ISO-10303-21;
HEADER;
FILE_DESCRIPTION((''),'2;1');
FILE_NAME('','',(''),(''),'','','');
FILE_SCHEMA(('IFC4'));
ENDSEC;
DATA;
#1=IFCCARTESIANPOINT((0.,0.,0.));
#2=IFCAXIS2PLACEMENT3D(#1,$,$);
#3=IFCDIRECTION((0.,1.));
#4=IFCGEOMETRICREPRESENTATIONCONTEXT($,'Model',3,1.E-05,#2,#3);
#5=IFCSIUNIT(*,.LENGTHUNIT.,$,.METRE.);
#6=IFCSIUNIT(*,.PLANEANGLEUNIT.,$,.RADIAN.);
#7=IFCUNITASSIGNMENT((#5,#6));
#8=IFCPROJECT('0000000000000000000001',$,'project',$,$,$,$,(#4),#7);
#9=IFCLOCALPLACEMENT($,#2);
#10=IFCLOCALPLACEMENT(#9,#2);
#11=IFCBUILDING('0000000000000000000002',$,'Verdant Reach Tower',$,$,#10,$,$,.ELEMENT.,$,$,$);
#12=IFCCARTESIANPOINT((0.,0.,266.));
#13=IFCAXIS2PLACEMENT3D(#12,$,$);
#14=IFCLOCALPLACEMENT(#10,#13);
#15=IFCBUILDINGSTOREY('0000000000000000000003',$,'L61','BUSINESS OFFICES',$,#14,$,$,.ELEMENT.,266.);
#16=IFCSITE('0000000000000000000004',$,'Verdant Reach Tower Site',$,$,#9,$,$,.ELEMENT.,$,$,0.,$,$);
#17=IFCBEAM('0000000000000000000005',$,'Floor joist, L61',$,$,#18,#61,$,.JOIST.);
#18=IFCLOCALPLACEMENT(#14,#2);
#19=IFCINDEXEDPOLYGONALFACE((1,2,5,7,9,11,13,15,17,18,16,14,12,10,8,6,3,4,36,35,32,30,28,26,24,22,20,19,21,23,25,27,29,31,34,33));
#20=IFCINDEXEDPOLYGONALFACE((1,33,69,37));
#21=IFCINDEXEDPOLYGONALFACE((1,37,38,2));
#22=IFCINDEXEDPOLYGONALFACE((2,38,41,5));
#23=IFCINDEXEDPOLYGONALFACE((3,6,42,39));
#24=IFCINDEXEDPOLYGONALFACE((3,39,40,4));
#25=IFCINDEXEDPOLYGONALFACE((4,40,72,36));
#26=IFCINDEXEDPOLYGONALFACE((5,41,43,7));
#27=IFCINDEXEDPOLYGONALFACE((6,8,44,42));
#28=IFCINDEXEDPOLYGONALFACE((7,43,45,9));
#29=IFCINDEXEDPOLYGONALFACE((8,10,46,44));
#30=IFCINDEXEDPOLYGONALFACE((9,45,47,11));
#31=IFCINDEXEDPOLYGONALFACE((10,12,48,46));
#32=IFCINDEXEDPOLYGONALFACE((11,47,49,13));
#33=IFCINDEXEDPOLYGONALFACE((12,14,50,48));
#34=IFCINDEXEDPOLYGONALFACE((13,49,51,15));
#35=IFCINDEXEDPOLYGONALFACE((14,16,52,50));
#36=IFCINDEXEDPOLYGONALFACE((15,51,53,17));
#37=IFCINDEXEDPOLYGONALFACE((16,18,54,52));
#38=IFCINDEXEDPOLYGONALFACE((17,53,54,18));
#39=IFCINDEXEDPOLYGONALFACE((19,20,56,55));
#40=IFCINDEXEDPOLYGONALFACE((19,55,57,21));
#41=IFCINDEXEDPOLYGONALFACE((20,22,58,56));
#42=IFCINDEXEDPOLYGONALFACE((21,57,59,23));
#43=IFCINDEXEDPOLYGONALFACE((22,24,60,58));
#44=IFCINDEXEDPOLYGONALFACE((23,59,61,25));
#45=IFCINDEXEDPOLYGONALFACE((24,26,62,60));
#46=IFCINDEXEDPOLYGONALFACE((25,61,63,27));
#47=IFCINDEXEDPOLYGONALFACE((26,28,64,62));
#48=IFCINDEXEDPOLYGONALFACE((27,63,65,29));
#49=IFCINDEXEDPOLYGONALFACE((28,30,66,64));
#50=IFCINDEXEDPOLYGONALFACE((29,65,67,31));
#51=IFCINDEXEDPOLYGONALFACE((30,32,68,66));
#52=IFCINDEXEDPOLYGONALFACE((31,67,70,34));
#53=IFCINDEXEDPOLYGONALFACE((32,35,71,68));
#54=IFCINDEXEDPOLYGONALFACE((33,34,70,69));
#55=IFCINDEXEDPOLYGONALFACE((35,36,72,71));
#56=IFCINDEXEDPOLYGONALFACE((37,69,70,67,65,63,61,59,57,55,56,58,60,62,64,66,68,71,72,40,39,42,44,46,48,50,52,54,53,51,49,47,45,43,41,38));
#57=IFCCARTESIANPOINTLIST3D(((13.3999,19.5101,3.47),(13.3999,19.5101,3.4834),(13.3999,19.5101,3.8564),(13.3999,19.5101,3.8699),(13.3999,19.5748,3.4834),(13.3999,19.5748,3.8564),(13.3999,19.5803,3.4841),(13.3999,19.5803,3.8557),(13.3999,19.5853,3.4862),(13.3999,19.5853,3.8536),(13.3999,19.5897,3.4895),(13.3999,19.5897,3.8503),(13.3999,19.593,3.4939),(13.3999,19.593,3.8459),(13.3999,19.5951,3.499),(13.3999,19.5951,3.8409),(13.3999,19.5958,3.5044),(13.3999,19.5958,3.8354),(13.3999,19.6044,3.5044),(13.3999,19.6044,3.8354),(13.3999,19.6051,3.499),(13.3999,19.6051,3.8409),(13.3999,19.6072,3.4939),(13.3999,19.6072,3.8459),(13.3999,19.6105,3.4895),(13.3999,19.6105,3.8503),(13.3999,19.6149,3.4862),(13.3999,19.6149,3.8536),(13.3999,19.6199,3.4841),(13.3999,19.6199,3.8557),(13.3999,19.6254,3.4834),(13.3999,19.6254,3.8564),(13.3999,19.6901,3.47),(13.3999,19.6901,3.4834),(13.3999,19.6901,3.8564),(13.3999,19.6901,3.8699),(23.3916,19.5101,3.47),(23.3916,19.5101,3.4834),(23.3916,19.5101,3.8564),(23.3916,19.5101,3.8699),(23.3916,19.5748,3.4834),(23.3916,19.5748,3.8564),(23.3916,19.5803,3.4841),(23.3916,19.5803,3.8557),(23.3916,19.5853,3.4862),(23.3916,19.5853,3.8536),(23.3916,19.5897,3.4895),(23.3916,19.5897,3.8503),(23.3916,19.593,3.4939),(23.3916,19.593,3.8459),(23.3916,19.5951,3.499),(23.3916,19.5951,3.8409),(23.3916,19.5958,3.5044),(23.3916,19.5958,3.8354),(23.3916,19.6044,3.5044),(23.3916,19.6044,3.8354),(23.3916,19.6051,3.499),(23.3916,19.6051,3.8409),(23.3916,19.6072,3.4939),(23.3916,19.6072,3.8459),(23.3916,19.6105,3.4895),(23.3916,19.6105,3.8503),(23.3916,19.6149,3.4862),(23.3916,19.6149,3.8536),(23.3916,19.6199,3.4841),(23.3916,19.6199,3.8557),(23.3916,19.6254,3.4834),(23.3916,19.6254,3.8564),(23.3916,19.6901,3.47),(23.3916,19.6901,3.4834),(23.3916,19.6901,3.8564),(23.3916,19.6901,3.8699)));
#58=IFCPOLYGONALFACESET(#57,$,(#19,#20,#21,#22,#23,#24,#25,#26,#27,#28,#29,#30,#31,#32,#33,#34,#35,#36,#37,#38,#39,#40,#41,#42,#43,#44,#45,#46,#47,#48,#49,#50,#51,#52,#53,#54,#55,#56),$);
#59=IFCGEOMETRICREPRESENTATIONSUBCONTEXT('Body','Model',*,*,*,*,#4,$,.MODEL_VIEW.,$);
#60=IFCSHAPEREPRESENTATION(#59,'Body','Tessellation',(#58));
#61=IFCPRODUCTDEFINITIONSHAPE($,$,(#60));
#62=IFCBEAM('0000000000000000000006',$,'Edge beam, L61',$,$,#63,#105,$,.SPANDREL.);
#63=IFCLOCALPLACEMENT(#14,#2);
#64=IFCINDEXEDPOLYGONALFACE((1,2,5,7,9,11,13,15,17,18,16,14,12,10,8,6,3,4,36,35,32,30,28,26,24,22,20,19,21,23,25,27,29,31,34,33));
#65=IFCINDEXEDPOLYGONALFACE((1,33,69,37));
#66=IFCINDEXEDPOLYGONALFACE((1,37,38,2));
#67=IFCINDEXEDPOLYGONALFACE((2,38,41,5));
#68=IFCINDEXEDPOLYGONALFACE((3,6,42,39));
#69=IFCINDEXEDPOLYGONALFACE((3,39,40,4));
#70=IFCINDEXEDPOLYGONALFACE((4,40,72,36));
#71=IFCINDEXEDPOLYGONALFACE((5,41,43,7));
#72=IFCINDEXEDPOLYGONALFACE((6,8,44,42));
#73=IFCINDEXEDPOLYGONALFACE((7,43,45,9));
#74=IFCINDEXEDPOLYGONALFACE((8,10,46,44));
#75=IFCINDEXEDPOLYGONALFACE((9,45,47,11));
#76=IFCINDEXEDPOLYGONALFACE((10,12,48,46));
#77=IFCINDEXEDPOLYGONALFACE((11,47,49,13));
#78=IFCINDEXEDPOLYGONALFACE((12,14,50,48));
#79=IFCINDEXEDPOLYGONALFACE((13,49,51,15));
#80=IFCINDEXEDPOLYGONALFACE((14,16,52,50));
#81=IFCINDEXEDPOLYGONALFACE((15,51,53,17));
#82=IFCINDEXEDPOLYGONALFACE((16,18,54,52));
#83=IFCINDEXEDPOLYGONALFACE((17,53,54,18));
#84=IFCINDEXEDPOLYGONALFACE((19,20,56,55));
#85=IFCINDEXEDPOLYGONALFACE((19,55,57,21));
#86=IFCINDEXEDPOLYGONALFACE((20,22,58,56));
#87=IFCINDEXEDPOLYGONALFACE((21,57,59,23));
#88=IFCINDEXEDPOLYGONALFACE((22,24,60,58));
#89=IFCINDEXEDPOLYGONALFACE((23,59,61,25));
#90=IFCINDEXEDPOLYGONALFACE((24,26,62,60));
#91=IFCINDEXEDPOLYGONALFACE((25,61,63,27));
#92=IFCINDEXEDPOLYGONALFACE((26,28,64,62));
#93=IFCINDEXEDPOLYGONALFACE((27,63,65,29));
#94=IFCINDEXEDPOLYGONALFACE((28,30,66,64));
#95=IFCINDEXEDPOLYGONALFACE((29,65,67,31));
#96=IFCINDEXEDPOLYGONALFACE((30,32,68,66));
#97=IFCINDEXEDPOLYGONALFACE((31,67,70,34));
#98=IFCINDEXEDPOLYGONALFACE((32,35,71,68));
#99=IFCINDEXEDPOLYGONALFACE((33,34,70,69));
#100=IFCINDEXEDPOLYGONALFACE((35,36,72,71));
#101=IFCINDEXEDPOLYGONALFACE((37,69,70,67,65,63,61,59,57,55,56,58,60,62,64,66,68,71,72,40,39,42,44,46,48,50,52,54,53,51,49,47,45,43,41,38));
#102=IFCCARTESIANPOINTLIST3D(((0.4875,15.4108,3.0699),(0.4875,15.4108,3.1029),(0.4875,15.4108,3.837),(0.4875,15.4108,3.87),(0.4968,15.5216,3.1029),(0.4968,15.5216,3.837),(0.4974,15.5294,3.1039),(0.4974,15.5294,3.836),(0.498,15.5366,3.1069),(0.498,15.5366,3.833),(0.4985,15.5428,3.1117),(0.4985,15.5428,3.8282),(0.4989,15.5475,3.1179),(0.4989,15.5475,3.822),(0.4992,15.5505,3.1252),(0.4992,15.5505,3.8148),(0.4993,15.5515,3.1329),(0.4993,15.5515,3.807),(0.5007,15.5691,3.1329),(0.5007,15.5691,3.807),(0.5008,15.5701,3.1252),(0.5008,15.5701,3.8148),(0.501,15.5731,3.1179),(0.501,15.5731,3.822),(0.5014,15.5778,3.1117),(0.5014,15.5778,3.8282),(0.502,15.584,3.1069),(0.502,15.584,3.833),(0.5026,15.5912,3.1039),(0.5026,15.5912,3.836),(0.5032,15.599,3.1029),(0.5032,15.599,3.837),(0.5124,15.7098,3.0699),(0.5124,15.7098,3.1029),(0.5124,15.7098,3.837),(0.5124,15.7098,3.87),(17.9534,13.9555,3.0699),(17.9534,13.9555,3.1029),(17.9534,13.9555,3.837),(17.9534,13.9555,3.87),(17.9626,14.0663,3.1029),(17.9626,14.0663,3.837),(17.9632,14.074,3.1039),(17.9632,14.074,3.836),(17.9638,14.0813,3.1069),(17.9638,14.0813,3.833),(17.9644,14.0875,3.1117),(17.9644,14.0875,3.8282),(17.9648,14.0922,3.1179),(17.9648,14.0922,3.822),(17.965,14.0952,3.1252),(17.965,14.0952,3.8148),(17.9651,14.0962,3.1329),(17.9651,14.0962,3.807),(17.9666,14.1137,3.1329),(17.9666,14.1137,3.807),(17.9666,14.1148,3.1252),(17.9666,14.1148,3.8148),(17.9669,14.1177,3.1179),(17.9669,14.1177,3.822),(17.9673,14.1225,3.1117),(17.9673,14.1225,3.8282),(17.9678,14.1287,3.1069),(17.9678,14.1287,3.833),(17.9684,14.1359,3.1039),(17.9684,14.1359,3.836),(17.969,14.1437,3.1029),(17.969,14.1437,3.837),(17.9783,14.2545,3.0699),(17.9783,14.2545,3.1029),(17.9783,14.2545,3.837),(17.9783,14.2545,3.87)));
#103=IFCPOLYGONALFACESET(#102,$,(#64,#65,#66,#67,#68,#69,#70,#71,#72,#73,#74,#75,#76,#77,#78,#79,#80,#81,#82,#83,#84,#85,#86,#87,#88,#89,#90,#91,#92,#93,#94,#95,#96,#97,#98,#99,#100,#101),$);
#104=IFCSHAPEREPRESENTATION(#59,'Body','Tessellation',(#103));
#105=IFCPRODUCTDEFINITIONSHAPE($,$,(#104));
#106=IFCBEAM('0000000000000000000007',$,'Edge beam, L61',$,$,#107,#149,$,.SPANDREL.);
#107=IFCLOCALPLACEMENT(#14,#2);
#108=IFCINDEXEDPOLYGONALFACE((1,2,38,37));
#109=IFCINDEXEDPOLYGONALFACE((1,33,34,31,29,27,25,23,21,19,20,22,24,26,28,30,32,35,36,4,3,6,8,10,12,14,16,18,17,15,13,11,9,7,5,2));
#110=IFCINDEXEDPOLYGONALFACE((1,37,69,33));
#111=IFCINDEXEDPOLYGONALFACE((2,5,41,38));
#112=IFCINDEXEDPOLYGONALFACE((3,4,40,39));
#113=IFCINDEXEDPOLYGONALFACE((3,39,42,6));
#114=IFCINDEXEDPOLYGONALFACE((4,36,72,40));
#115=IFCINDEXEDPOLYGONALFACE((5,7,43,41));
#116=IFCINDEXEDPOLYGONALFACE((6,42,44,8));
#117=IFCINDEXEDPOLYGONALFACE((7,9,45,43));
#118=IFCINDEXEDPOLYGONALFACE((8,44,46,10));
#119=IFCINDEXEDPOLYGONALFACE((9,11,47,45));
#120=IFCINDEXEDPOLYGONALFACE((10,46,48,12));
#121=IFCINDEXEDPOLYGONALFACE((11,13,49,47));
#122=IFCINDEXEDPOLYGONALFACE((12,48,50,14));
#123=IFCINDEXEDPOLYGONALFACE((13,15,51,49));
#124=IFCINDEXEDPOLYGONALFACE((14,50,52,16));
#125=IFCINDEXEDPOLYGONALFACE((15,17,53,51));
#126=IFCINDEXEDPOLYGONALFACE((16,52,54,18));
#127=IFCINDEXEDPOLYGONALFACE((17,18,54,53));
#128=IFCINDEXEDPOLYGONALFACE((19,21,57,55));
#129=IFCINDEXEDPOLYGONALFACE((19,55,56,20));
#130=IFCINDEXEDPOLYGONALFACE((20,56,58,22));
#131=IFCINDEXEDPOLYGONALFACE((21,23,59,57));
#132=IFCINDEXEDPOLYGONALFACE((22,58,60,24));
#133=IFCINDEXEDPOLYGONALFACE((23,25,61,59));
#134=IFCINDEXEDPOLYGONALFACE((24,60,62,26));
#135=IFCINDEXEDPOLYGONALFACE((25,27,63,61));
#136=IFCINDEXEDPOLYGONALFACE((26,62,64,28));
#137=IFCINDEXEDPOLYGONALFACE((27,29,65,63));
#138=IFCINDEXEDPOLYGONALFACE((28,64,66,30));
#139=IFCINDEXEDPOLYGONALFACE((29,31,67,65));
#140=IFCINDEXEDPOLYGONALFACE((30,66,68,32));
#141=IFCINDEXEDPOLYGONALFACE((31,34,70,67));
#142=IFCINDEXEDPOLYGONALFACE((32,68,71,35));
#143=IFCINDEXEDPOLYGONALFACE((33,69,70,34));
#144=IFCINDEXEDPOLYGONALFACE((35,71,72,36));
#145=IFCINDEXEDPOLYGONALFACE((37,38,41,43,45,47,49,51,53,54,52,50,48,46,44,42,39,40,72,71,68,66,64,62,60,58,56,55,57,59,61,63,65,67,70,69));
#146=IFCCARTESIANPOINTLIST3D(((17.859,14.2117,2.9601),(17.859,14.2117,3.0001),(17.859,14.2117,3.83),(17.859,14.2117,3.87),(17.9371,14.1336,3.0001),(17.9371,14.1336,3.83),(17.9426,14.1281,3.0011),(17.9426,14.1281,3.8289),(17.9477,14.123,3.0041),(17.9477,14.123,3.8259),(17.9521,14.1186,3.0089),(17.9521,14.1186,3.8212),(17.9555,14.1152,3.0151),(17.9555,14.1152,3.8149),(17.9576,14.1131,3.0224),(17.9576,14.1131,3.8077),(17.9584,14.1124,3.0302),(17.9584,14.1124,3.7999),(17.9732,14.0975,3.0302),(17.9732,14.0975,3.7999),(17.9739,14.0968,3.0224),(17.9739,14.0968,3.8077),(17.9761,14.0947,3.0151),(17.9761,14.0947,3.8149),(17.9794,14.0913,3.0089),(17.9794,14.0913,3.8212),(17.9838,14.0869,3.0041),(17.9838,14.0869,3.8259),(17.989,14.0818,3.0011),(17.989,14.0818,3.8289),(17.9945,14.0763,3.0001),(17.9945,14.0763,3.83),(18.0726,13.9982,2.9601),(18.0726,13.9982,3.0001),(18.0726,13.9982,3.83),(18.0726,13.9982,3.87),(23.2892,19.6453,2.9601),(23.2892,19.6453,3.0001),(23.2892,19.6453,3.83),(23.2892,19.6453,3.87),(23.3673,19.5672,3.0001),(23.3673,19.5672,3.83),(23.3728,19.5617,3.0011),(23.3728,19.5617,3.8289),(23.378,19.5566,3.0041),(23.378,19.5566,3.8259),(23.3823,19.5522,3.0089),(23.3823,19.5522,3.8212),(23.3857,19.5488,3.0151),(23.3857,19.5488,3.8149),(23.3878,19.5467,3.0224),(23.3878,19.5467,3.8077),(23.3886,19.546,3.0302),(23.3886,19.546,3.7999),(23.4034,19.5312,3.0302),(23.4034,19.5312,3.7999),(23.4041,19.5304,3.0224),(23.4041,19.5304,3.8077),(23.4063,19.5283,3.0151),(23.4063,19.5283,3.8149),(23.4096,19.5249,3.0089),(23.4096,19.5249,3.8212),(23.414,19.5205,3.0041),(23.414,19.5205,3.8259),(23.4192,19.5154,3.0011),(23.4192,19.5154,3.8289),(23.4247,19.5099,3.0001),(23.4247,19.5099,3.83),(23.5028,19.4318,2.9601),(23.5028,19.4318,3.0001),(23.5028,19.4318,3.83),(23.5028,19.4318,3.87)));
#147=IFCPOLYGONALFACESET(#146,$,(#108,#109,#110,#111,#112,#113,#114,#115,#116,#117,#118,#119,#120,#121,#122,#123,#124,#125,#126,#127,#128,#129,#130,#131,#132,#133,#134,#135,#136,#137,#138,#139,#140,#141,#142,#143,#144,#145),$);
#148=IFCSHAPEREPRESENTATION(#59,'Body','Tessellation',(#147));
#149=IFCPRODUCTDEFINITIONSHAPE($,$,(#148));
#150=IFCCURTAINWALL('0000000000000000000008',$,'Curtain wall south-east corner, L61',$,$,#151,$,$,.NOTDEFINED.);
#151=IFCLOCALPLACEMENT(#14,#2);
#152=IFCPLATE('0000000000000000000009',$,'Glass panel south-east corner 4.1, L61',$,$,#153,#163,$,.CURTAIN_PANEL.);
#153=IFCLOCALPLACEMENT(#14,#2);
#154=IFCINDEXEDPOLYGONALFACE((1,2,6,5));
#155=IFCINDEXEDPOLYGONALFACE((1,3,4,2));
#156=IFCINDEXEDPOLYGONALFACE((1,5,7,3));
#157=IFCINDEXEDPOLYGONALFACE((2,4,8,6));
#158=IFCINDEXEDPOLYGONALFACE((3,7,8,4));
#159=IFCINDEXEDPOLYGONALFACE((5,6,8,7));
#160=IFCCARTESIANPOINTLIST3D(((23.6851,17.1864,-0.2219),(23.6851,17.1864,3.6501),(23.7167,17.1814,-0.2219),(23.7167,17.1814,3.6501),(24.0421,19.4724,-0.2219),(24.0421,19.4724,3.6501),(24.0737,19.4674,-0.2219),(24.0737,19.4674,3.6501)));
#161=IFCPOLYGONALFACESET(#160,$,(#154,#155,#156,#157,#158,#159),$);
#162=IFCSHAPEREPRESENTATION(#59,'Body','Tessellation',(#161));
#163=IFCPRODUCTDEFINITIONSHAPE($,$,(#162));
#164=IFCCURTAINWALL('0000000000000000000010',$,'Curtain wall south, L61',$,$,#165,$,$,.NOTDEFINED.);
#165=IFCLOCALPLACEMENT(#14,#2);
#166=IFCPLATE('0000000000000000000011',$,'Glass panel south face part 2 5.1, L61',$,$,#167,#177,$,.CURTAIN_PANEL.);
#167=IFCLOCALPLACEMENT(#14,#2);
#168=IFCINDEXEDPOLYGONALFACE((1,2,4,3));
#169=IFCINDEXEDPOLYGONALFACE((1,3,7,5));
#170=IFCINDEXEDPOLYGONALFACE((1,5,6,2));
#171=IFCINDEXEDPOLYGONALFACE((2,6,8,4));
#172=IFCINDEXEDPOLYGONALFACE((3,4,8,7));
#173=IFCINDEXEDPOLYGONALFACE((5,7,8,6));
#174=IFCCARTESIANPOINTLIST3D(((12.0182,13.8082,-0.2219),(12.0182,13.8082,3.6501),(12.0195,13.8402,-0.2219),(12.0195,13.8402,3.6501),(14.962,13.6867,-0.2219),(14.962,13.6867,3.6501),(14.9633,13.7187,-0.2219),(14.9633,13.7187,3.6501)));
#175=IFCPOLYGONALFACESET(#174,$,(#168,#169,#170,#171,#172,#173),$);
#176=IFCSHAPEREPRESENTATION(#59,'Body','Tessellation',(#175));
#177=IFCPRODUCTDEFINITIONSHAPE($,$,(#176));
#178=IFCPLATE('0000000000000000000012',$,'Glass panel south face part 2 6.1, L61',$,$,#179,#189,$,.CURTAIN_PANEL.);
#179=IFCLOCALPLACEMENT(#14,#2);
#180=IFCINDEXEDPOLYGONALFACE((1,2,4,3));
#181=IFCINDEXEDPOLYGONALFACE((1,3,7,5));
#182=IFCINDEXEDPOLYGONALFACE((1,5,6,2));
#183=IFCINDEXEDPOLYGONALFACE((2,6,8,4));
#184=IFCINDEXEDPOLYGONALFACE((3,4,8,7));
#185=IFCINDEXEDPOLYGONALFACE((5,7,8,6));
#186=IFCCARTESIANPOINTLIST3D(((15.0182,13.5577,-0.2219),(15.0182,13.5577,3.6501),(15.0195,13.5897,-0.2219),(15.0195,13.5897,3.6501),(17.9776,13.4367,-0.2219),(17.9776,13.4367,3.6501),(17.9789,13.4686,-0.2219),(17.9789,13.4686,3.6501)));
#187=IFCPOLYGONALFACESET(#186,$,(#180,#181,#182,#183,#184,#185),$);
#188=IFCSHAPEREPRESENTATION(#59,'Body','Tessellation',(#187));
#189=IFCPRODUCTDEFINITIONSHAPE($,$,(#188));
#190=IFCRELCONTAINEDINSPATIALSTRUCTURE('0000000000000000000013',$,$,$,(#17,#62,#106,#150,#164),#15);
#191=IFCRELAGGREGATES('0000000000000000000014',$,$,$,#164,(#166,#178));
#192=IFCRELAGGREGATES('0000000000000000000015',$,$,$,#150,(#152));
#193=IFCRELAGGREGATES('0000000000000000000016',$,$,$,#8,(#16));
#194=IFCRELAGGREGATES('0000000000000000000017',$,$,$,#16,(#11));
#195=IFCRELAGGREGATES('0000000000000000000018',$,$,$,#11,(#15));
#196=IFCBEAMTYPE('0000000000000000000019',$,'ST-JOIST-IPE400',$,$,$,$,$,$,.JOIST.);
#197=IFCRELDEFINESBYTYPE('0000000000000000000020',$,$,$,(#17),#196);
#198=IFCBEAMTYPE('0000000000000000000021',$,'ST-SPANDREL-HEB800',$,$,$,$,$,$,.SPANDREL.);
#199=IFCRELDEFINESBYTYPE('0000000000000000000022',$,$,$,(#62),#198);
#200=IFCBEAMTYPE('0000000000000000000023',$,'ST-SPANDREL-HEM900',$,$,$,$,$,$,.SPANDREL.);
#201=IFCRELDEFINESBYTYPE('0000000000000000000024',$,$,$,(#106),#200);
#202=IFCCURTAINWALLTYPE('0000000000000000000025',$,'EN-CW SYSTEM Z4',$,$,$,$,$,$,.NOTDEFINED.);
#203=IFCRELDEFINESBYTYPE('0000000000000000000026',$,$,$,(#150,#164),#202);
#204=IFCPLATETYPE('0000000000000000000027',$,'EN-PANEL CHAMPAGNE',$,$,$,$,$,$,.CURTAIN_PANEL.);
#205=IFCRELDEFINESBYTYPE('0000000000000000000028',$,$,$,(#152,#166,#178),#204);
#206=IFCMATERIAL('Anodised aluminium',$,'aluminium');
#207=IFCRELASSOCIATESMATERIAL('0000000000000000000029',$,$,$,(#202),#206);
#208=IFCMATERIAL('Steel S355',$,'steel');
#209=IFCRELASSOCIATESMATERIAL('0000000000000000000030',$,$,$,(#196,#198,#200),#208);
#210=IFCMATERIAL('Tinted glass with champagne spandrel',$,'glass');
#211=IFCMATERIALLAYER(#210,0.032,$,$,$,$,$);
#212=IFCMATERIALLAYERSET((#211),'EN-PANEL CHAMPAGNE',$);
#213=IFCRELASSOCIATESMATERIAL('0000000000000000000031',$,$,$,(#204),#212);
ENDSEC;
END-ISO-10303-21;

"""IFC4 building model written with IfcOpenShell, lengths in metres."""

from ifc_helpers import new_model, si_unit, direction, frame, origin, origin_2d, place, context, subcontext, project, spatial, rectangle, i_section, extrude, material, layer, layer_set, material_profile, profile_set, type_object, element, aggregate, save


model = new_model("IFC4")

# Units and contexts
model_context = context("Model", 3, precision=1e-05, world=origin(), true_north=direction((0.0, 1.0)))
body_context = subcontext(model_context, "Body", "Model", "MODEL_VIEW")
ifc_project = project(units=[si_unit("LENGTHUNIT", "METRE"), si_unit("PLANEANGLEUNIT", "RADIAN")], contexts=[model_context])

# Site, building, storey
site_placement = place(None, origin())
site = spatial("IfcSite", under=ifc_project, at=site_placement, Name="Verdant Reach Tower Site", CompositionType="ELEMENT", RefElevation=0.0)
building_placement = place(site_placement, origin())
building = spatial("IfcBuilding", under=site, at=building_placement, Name="Verdant Reach Tower", CompositionType="ELEMENT")
storey_placement = place(building_placement, frame((0.0, 0.0, 266.0)))
storey = spatial("IfcBuildingStorey", under=building, at=storey_placement, Name="L61", Description="BUSINESS OFFICES", CompositionType="ELEMENT", Elevation=266.0)

# Shared definitions
ifc_material_1 = material(Name="Anodised aluminium", Category="aluminium")
curtain_wall_type = type_object("IfcCurtainWallType", Name="EN-CW SYSTEM Z4", PredefinedType="NOTDEFINED", material=ifc_material_1)

# Beams
ifc_material_2 = material(Name="Steel S355", Category="steel")
ifc_material_profile_1 = material_profile(ifc_material_2, i_section(OverallWidth=0.1799, OverallDepth=0.3999, WebThickness=0.0085, FlangeThickness=0.0134, FilletRadius=0.021, at=origin_2d()), Name="IPE 400")
ifc_profile_set_1 = profile_set([ifc_material_profile_1], Name="Steel S355")
beam_type_1 = type_object("IfcBeamType", Name="ST-JOIST-IPE400", PredefinedType="JOIST", material=ifc_profile_set_1)
beam_1_placement = place(storey_placement, frame((13.3999, 19.6001, 3.6699), z_axis=(1.0, 0.0, 0.0), x_axis=(0.0, 1.0, 0.0)))
element("IfcBeam", 1, at=beam_1_placement, inside=storey, type_object=beam_type_1, Name="Floor joist, L61", PredefinedType="JOIST", context=body_context, shape_type="SweptSolid", body=[
    extrude(i_section(OverallWidth=0.1799, OverallDepth=0.3999, WebThickness=0.0085, FlangeThickness=0.0134, FilletRadius=0.021, at=origin_2d()), origin(), (0.0, 0.0, 1.0), 9.9917),
])
ifc_material_profile_2 = material_profile(ifc_material_2, i_section(OverallWidth=0.3, OverallDepth=0.8, WebThickness=0.0176, FlangeThickness=0.033, FilletRadius=0.03, at=origin_2d()), Name="HEB 800")
ifc_profile_set_2 = profile_set([ifc_material_profile_2], Name="Steel S355")
beam_type_2 = type_object("IfcBeamType", Name="ST-SPANDREL-HEB800", PredefinedType="SPANDREL", material=ifc_profile_set_2)
beam_2_placement = place(storey_placement, frame((17.9658, 14.105, 3.47), z_axis=(-0.996547, 0.083036, 0.0), x_axis=(-0.083036, -0.996547, 0.0)))
element("IfcBeam", 2, at=beam_2_placement, inside=storey, type_object=beam_type_2, Name="Edge beam, L61", PredefinedType="SPANDREL", context=body_context, shape_type="SweptSolid", body=[
    extrude(i_section(OverallWidth=0.3, OverallDepth=0.8, WebThickness=0.0176, FlangeThickness=0.033, FilletRadius=0.03, at=origin_2d()), origin(), (0.0, 0.0, 1.0), 17.5264),
])
ifc_material_profile_3 = material_profile(ifc_material_2, i_section(OverallWidth=0.302, OverallDepth=0.9099, WebThickness=0.021, FlangeThickness=0.04, FilletRadius=0.03, at=origin_2d()), Name="HEM 900")
ifc_profile_set_3 = profile_set([ifc_material_profile_3], Name="Steel S355")
beam_type_3 = type_object("IfcBeamType", Name="ST-SPANDREL-HEM900", PredefinedType="SPANDREL", material=ifc_profile_set_3)
beam_3_placement = place(storey_placement, frame((23.396, 19.5386, 3.415), z_axis=(-0.706884, -0.707329, 0.0), x_axis=(0.707329, -0.706884, 0.0)))
element("IfcBeam", 3, at=beam_3_placement, inside=storey, type_object=beam_type_3, Name="Edge beam, L61", PredefinedType="SPANDREL", context=body_context, shape_type="SweptSolid", body=[
    extrude(i_section(OverallWidth=0.302, OverallDepth=0.9099, WebThickness=0.021, FlangeThickness=0.04, FilletRadius=0.03, at=origin_2d()), origin(), (0.0, 0.0, 1.0), 7.6819),
])

# Curtain wall, plate
curtain_wall_1_placement = place(storey_placement, origin())
curtain_wall_1 = element("IfcCurtainWall", 4, at=curtain_wall_1_placement, inside=storey, type_object=curtain_wall_type, Name="Curtain wall south-east corner, L61", PredefinedType="NOTDEFINED")
ifc_material_3 = material(Name="Tinted glass with champagne spandrel", Category="glass")
ifc_layer_1 = layer(ifc_material_3, 0.032)
ifc_layer_set_1 = layer_set([ifc_layer_1], Name="EN-PANEL CHAMPAGNE")
plate_type_1 = type_object("IfcPlateType", Name="EN-PANEL CHAMPAGNE", PredefinedType="CURTAIN_PANEL", material=ifc_layer_set_1)
plate_1_placement = place(storey_placement, frame((23.8794, 18.3269, -0.2219), z_axis=(0.0, 0.0, 1.0), x_axis=(0.154325, 0.98802, 0.0)))
plate_1 = element("IfcPlate", 5, at=plate_1_placement, type_object=plate_type_1, Name="Glass panel south-east corner 4.1, L61", PredefinedType="CURTAIN_PANEL", context=body_context, shape_type="SweptSolid", body=[
    extrude(rectangle(XDim=2.3137, YDim=0.032, at=origin_2d()), origin(), (0.0, 0.0, 1.0), 3.8721),
])

# Curtain wall, plates
curtain_wall_2_placement = place(storey_placement, origin())
curtain_wall_2 = element("IfcCurtainWall", 6, at=curtain_wall_2_placement, inside=storey, type_object=curtain_wall_type, Name="Curtain wall south, L61", PredefinedType="NOTDEFINED")
plate_2_placement = place(storey_placement, frame((13.4907, 13.7634, -0.2219), z_axis=(0.0, 0.0, 1.0), x_axis=(0.999149, -0.041242, 0.0)))
plate_2 = element("IfcPlate", 7, at=plate_2_placement, type_object=plate_type_1, Name="Glass panel south face part 2 5.1, L61", PredefinedType="CURTAIN_PANEL", context=body_context, shape_type="SweptSolid", body=[
    extrude(rectangle(XDim=2.9463, YDim=0.032, at=origin_2d()), origin(), (0.0, 0.0, 1.0), 3.8721),
])
plate_3_placement = place(storey_placement, frame((16.4985, 13.5132, -0.2219), z_axis=(0.0, 0.0, 1.0), x_axis=(0.999164, -0.040881, 0.0)))
plate_3 = element("IfcPlate", 8, at=plate_3_placement, type_object=plate_type_1, Name="Glass panel south face part 2 6.1, L61", PredefinedType="CURTAIN_PANEL", context=body_context, shape_type="SweptSolid", body=[
    extrude(rectangle(XDim=2.9619, YDim=0.032, at=origin_2d()), origin(), (0.0, 0.0, 1.0), 3.8721),
])
aggregate(curtain_wall_2, [plate_2, plate_3])

aggregate(curtain_wall_1, [plate_1])

save(model, "model.ifc")
